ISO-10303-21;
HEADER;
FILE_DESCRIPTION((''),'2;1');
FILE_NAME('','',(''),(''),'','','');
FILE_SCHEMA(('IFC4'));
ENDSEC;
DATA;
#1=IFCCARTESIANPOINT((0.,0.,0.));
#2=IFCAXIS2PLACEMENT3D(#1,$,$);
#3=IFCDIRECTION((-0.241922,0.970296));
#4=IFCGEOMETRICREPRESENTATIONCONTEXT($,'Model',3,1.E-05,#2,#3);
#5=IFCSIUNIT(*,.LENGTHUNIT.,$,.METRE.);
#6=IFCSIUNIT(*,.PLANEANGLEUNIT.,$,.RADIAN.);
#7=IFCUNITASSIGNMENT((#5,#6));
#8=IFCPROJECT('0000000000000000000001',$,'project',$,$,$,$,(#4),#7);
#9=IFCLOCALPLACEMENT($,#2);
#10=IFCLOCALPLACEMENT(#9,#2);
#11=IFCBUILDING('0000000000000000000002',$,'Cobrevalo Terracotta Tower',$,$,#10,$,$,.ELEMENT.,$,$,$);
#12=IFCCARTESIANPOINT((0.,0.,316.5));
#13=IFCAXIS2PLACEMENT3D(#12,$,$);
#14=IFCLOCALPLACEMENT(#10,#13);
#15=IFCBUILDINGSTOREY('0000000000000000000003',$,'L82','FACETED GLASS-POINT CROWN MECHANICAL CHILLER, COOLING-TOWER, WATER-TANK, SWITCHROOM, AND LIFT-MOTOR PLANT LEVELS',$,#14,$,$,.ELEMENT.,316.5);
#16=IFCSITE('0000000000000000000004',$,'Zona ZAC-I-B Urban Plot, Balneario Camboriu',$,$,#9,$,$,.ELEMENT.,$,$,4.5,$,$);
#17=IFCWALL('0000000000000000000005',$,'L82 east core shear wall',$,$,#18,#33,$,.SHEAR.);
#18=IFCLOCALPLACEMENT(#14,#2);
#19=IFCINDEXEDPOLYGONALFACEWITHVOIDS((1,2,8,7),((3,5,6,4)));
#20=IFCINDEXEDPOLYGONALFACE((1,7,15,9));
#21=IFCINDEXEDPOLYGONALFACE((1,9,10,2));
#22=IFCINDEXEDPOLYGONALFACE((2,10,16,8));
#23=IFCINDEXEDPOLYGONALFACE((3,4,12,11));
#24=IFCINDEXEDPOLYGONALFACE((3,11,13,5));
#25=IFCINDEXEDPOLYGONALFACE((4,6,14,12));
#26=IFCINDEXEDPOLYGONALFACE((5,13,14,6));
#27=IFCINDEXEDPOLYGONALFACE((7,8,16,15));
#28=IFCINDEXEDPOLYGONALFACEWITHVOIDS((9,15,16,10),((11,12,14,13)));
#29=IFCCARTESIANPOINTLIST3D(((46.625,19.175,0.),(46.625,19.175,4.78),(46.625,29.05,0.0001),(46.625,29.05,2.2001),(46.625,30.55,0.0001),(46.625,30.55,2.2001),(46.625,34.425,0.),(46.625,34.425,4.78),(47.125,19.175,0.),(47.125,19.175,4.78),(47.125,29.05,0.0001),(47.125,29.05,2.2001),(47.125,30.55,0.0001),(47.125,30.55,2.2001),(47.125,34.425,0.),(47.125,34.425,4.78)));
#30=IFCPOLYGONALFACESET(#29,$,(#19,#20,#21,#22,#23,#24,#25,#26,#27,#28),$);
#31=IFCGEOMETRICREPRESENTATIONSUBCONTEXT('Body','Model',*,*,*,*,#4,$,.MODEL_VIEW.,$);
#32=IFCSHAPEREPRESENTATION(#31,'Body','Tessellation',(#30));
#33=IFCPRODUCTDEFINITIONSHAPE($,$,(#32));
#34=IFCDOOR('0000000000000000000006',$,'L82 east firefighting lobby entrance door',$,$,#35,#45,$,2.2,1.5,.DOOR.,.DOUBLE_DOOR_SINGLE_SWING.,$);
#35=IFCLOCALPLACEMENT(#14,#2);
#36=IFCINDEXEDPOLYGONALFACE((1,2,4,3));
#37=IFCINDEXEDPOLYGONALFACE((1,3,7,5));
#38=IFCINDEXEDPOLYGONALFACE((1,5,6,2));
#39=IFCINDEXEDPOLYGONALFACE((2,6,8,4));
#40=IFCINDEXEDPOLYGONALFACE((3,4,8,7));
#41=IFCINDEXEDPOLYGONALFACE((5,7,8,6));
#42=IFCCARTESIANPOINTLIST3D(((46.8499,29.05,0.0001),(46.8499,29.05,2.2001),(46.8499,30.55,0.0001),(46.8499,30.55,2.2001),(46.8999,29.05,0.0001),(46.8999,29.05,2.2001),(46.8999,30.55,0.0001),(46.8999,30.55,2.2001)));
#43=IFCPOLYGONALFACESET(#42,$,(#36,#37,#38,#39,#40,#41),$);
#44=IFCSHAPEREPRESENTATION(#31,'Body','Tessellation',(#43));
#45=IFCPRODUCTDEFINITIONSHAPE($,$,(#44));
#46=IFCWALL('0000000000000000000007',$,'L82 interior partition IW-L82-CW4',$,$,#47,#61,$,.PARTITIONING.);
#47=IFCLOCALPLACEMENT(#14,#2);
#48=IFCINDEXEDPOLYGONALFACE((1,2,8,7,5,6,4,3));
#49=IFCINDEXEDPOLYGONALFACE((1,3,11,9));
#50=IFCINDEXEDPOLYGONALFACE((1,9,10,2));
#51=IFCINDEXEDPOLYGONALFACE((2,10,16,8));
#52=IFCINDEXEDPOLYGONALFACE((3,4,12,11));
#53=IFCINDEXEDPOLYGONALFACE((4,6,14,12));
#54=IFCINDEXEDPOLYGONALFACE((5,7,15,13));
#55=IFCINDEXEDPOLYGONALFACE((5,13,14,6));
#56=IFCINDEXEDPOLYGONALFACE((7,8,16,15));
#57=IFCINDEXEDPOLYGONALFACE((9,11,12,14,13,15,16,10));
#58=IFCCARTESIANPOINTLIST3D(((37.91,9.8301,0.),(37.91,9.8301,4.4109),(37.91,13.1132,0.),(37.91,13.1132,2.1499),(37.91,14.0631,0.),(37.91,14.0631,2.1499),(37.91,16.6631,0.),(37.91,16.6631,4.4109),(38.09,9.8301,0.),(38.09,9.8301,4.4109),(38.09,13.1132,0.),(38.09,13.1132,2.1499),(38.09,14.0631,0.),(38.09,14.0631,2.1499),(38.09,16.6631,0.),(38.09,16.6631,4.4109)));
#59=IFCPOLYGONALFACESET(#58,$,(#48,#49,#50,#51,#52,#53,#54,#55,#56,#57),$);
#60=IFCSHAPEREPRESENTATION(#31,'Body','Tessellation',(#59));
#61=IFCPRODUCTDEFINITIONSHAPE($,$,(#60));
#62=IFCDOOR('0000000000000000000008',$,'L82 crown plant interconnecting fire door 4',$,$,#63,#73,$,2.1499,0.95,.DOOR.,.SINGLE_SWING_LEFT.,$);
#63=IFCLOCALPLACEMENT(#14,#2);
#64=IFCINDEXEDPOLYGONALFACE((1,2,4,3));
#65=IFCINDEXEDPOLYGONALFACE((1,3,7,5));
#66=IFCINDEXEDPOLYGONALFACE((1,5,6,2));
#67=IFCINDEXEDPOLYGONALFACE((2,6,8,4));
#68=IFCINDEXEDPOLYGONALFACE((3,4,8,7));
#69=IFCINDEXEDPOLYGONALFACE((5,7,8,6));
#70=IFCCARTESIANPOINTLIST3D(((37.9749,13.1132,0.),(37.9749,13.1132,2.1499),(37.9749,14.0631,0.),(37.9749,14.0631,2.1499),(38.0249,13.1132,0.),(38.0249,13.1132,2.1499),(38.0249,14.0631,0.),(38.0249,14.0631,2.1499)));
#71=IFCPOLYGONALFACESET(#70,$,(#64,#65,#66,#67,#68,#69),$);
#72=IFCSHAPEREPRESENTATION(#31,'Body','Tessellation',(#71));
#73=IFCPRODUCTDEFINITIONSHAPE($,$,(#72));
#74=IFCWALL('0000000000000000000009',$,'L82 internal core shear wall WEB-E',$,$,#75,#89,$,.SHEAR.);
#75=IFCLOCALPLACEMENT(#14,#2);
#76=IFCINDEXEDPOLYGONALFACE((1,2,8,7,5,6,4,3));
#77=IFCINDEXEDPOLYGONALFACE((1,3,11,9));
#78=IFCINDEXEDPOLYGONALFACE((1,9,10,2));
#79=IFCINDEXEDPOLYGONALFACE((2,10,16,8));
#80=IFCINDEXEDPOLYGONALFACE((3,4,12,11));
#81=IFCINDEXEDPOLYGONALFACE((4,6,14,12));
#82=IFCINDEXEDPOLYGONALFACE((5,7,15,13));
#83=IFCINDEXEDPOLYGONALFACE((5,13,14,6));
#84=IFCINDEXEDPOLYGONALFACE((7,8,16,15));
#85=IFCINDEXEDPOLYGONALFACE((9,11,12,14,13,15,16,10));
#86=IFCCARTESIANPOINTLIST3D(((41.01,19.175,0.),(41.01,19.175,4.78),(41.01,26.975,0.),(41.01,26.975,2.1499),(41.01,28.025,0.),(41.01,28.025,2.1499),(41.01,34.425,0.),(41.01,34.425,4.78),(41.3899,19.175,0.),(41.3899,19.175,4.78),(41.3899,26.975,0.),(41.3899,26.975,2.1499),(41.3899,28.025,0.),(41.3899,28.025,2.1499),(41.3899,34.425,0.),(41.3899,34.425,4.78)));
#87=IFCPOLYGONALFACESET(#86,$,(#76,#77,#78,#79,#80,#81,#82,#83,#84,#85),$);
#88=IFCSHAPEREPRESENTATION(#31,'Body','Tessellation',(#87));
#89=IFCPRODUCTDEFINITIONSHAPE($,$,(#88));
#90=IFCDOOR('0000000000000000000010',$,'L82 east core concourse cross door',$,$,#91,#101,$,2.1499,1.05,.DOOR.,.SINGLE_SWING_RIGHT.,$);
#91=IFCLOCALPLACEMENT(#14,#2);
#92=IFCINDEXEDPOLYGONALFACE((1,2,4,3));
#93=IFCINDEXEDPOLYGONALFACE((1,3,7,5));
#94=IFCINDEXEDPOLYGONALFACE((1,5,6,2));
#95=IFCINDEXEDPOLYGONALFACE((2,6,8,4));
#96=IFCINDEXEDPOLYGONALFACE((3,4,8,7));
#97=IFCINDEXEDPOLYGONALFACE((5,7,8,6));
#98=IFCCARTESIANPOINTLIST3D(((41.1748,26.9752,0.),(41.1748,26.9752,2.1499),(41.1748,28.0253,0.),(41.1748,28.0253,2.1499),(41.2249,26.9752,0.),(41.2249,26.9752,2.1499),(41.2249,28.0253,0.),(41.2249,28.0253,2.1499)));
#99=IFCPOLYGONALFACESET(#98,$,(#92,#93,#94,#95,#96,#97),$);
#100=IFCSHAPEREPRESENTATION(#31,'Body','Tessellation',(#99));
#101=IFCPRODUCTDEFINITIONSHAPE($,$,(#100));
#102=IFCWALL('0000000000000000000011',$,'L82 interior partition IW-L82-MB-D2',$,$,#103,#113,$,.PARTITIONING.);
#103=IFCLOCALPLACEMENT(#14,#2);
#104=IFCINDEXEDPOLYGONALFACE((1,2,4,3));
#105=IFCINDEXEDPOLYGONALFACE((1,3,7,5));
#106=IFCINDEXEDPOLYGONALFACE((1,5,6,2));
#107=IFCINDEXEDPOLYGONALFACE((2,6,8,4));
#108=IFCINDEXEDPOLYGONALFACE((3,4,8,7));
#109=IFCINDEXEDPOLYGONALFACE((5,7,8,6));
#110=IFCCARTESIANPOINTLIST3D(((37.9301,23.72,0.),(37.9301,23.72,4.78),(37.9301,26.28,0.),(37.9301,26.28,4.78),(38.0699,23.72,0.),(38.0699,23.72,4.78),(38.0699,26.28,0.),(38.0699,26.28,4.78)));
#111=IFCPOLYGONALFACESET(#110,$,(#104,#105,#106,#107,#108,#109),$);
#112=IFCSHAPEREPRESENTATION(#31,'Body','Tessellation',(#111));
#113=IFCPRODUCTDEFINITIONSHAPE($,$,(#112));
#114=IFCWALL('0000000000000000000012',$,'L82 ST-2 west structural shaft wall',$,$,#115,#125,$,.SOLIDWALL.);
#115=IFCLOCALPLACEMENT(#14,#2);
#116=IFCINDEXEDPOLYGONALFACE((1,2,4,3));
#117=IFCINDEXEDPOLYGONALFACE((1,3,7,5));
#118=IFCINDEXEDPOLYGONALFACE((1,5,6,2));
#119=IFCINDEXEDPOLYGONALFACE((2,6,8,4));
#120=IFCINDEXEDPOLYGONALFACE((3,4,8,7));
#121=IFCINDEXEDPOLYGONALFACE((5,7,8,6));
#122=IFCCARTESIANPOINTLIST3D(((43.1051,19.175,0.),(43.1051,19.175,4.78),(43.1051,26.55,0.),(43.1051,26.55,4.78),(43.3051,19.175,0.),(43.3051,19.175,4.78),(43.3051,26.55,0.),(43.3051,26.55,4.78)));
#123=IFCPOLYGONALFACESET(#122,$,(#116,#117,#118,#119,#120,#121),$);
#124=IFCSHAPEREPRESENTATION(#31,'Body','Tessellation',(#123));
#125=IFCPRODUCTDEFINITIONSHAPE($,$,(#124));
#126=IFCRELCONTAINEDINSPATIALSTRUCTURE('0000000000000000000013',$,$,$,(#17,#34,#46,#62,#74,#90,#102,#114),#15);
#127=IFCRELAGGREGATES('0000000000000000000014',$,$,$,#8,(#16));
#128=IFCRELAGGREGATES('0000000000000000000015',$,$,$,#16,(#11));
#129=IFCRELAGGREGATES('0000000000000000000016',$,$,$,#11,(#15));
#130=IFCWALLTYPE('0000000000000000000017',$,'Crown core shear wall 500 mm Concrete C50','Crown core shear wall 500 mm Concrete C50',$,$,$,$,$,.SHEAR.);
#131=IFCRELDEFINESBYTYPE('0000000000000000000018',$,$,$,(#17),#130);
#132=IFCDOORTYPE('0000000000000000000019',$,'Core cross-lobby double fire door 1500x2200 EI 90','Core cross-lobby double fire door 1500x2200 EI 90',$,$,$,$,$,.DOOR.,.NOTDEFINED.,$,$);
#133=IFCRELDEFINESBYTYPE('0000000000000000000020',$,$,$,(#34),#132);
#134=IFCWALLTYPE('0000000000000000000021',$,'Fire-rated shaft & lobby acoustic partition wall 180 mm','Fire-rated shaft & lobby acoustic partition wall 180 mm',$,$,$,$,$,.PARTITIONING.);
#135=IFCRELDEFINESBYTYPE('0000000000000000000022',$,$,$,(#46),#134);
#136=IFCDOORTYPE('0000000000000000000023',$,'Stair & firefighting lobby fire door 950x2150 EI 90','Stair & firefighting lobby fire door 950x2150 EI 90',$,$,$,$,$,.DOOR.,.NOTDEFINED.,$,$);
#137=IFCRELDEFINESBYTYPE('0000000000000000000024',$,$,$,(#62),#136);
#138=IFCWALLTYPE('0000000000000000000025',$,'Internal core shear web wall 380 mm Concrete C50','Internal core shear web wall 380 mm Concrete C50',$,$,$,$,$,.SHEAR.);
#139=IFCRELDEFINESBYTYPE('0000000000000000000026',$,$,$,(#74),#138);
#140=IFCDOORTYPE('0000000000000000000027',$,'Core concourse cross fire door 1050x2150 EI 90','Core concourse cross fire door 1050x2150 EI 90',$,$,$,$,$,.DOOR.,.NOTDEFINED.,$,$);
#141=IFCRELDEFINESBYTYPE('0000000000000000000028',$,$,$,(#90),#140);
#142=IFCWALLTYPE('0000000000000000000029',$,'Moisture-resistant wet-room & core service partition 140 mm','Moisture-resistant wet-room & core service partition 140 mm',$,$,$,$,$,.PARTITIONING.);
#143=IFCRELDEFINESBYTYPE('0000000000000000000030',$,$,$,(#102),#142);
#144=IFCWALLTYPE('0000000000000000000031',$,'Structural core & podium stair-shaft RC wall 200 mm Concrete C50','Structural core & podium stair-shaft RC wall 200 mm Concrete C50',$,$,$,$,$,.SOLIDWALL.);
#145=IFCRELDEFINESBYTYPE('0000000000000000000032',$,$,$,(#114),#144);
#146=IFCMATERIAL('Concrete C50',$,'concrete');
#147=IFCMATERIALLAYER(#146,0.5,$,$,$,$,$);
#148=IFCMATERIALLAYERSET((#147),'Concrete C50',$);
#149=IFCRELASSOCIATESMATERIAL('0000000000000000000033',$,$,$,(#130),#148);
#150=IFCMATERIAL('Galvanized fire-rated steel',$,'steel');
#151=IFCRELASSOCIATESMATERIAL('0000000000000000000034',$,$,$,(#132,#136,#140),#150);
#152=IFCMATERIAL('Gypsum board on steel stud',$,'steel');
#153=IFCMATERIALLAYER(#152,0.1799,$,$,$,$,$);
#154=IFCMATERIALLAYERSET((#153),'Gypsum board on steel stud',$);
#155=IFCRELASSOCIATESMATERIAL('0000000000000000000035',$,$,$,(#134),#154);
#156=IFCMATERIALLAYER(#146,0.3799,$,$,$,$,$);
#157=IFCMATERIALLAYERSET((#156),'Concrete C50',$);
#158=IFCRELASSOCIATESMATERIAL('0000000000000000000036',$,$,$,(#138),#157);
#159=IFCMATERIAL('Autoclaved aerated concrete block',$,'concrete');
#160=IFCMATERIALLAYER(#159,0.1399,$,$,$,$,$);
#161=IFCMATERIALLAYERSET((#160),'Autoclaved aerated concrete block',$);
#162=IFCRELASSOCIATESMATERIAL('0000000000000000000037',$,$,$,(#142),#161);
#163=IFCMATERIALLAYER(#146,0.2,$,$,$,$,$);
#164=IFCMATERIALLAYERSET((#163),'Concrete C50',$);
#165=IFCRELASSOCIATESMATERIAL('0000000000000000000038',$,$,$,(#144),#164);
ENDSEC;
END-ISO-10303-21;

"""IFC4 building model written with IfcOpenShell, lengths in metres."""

from ifc_helpers import new_model, si_unit, direction, frame, frame_2d, origin, place, context, subcontext, project, spatial, rectangle, extrude, source, transform, mapped, material, layer, layer_set, type_object, element, fill, save


model = new_model("IFC4")

# Units and contexts
model_context = context("Model", 3, precision=1e-05, world=origin(), true_north=direction((-0.241922, 0.970296)))
body_context = subcontext(model_context, "Body", "Model", "MODEL_VIEW")
ifc_project = project(units=[si_unit("LENGTHUNIT", "METRE"), si_unit("PLANEANGLEUNIT", "RADIAN")], contexts=[model_context])

# Site, building, storey
site_placement = place(None, origin())
site = spatial("IfcSite", under=ifc_project, at=site_placement, Name="Zona ZAC-I-B Urban Plot, Balneario Camboriu", CompositionType="ELEMENT", RefElevation=4.5)
building_placement = place(site_placement, origin())
building = spatial("IfcBuilding", under=site, at=building_placement, Name="Cobrevalo Terracotta Tower", CompositionType="ELEMENT")
storey_placement = place(building_placement, frame((0.0, 0.0, 316.5)))
storey = spatial("IfcBuildingStorey", under=building, at=storey_placement, Name="L82", Description="FACETED GLASS-POINT CROWN MECHANICAL CHILLER, COOLING-TOWER, WATER-TANK, SWITCHROOM, AND LIFT-MOTOR PLANT LEVELS", CompositionType="ELEMENT", Elevation=316.5)

# Walls, openings, doors
ifc_material_1 = material(Name="Concrete C50", Category="concrete")
ifc_layer_1 = layer(ifc_material_1, 0.5)
ifc_layer_set_1 = layer_set([ifc_layer_1], Name="Concrete C50")
wall_type_1 = type_object("IfcWallType", Name="Crown core shear wall 500 mm Concrete C50", Description="Crown core shear wall 500 mm Concrete C50", PredefinedType="SHEAR", material=ifc_layer_set_1)
wall_1_placement = place(storey_placement, frame((46.875, 19.175, 0.0), z_axis=(0.0, 0.0, 1.0), x_axis=(0.0, 1.0, 0.0)))
wall_1 = element("IfcWall", 1, at=wall_1_placement, inside=storey, type_object=wall_type_1, Name="L82 east core shear wall", PredefinedType="SHEAR", context=body_context, shape_type="SweptSolid", body=[
    extrude(rectangle(XDim=15.25, YDim=0.5, at=frame_2d((7.625, 0.0))), origin(), (0.0, 0.0, 1.0), 4.78),
])
opening_1_placement = place(wall_1_placement, frame((9.875, 0.0, 0.0)))
opening_1 = element("IfcOpeningElement", 2, at=opening_1_placement, cuts=wall_1, PredefinedType="OPENING", context=body_context, shape_type="SweptSolid", body=[
    extrude(rectangle(XDim=1.5, YDim=2.2, at=frame_2d((0.75, 1.1001))), frame((0.0, 0.26, 0.0), z_axis=(0.0, -1.0, 0.0), x_axis=(1.0, 0.0, 0.0)), (0.0, 0.0, 1.0), 0.52),
])
ifc_material_2 = material(Name="Galvanized fire-rated steel", Category="steel")
door_type_1 = type_object("IfcDoorType", Name="Core cross-lobby double fire door 1500x2200 EI 90", Description="Core cross-lobby double fire door 1500x2200 EI 90", OperationType="NOTDEFINED", PredefinedType="DOOR", material=ifc_material_2)
shared_shape_1 = source(origin(), body_context, "Body", "SweptSolid", [
    extrude(rectangle(XDim=1.5, YDim=2.2, at=frame_2d((0.75, 1.1001))), frame((0.0, 0.0249, 0.0), z_axis=(0.0, -1.0, 0.0), x_axis=(1.0, 0.0, 0.0)), (0.0, 0.0, 1.0), 0.05),
])
door_1_placement = place(opening_1_placement, frame((1.5, 0.0, 0.0), z_axis=(0.0, 0.0, 1.0), x_axis=(-1.0, 0.0, 0.0)))
door_1 = element("IfcDoor", 3, at=door_1_placement, inside=storey, type_object=door_type_1, Name="L82 east firefighting lobby entrance door", OperationType="DOUBLE_DOOR_SINGLE_SWING", OverallHeight=2.2, OverallWidth=1.5, PredefinedType="DOOR", context=body_context, shape_type="MappedRepresentation", body=[
    mapped(shared_shape_1, transform((0.0, 0.0, 0.0), scale=1.0)),
])
fill(opening_1, door_1)
ifc_material_3 = material(Name="Gypsum board on steel stud", Category="steel")
ifc_layer_2 = layer(ifc_material_3, 0.1799)
ifc_layer_set_2 = layer_set([ifc_layer_2], Name="Gypsum board on steel stud")
wall_type_2 = type_object("IfcWallType", Name="Fire-rated shaft & lobby acoustic partition wall 180 mm", Description="Fire-rated shaft & lobby acoustic partition wall 180 mm", PredefinedType="PARTITIONING", material=ifc_layer_set_2)
wall_2_placement = place(storey_placement, frame((38.0, 16.6631, 0.0), z_axis=(0.0, 0.0, 1.0), x_axis=(0.0, -1.0, 0.0)))
wall_2 = element("IfcWall", 4, at=wall_2_placement, inside=storey, type_object=wall_type_2, Name="L82 interior partition IW-L82-CW4", PredefinedType="PARTITIONING", context=body_context, shape_type="SweptSolid", body=[
    extrude(rectangle(XDim=6.833, YDim=0.1799, at=frame_2d((3.4165, 0.0))), origin(), (0.0, 0.0, 1.0), 4.4109),
])
opening_2_placement = place(wall_2_placement, frame((2.5999, 0.0, 0.0)))
opening_2 = element("IfcOpeningElement", 5, at=opening_2_placement, cuts=wall_2, PredefinedType="OPENING", context=body_context, shape_type="SweptSolid", body=[
    extrude(rectangle(XDim=0.95, YDim=2.1499, at=frame_2d((0.4751, 1.075))), frame((0.0, 0.1001, 0.0), z_axis=(0.0, -1.0, 0.0), x_axis=(1.0, 0.0, 0.0)), (0.0, 0.0, 1.0), 0.2),
])
door_type_2 = type_object("IfcDoorType", Name="Stair & firefighting lobby fire door 950x2150 EI 90", Description="Stair & firefighting lobby fire door 950x2150 EI 90", OperationType="NOTDEFINED", PredefinedType="DOOR", material=ifc_material_2)
shared_shape_2 = source(origin(), body_context, "Body", "SweptSolid", [
    extrude(rectangle(XDim=0.95, YDim=2.1499, at=frame_2d((0.4751, 1.075))), frame((0.0, 0.0249, 0.0), z_axis=(0.0, -1.0, 0.0), x_axis=(1.0, 0.0, 0.0)), (0.0, 0.0, 1.0), 0.05),
])
door_2_placement = place(opening_2_placement, origin())
door_2 = element("IfcDoor", 6, at=door_2_placement, inside=storey, type_object=door_type_2, Name="L82 crown plant interconnecting fire door 4", OperationType="SINGLE_SWING_LEFT", OverallHeight=2.1499, OverallWidth=0.95, PredefinedType="DOOR", context=body_context, shape_type="MappedRepresentation", body=[
    mapped(shared_shape_2, transform((0.0, 0.0, 0.0), scale=1.0)),
])
fill(opening_2, door_2)
ifc_layer_3 = layer(ifc_material_1, 0.3799)
ifc_layer_set_3 = layer_set([ifc_layer_3], Name="Concrete C50")
wall_type_3 = type_object("IfcWallType", Name="Internal core shear web wall 380 mm Concrete C50", Description="Internal core shear web wall 380 mm Concrete C50", PredefinedType="SHEAR", material=ifc_layer_set_3)
wall_3_placement = place(storey_placement, frame((41.2, 19.175, 0.0), z_axis=(0.0, 0.0, 1.0), x_axis=(0.0, 1.0, 0.0)))
wall_3 = element("IfcWall", 7, at=wall_3_placement, inside=storey, type_object=wall_type_3, Name="L82 internal core shear wall WEB-E", PredefinedType="SHEAR", context=body_context, shape_type="SweptSolid", body=[
    extrude(rectangle(XDim=15.25, YDim=0.3799, at=frame_2d((7.625, 0.0))), origin(), (0.0, 0.0, 1.0), 4.78),
])
opening_3_placement = place(wall_3_placement, frame((7.8, 0.0, 0.0)))
opening_3 = element("IfcOpeningElement", 8, at=opening_3_placement, cuts=wall_3, PredefinedType="OPENING", context=body_context, shape_type="SweptSolid", body=[
    extrude(rectangle(XDim=1.05, YDim=2.1499, at=frame_2d((0.5249, 1.075))), frame((0.0, 0.2, 0.0), z_axis=(0.0, -1.0, 0.0), x_axis=(1.0, 0.0, 0.0)), (0.0, 0.0, 1.0), 0.3999),
])
door_type_3 = type_object("IfcDoorType", Name="Core concourse cross fire door 1050x2150 EI 90", Description="Core concourse cross fire door 1050x2150 EI 90", OperationType="NOTDEFINED", PredefinedType="DOOR", material=ifc_material_2)
shared_shape_3 = source(origin(), body_context, "Body", "SweptSolid", [
    extrude(rectangle(XDim=1.05, YDim=2.1499, at=frame_2d((0.5249, 1.075))), frame((0.0, 0.0249, 0.0), z_axis=(0.0, -1.0, 0.0), x_axis=(1.0, 0.0, 0.0)), (0.0, 0.0, 1.0), 0.05),
])
door_3_placement = place(opening_3_placement, frame((1.05, 0.0, 0.0), z_axis=(0.0, 0.0, 1.0), x_axis=(-1.0, 0.0, 0.0)))
door_3 = element("IfcDoor", 9, at=door_3_placement, inside=storey, type_object=door_type_3, Name="L82 east core concourse cross door", OperationType="SINGLE_SWING_RIGHT", OverallHeight=2.1499, OverallWidth=1.05, PredefinedType="DOOR", context=body_context, shape_type="MappedRepresentation", body=[
    mapped(shared_shape_3, transform((0.0, 0.0, 0.0), scale=1.0)),
])
fill(opening_3, door_3)

# Walls
ifc_material_4 = material(Name="Autoclaved aerated concrete block", Category="concrete")
ifc_layer_4 = layer(ifc_material_4, 0.1399)
ifc_layer_set_4 = layer_set([ifc_layer_4], Name="Autoclaved aerated concrete block")
wall_type_4 = type_object("IfcWallType", Name="Moisture-resistant wet-room & core service partition 140 mm", Description="Moisture-resistant wet-room & core service partition 140 mm", PredefinedType="PARTITIONING", material=ifc_layer_set_4)
wall_4_placement = place(storey_placement, frame((38.0, 23.72, 0.0), z_axis=(0.0, 0.0, 1.0), x_axis=(0.0, 1.0, 0.0)))
element("IfcWall", 10, at=wall_4_placement, inside=storey, type_object=wall_type_4, Name="L82 interior partition IW-L82-MB-D2", PredefinedType="PARTITIONING", context=body_context, shape_type="SweptSolid", body=[
    extrude(rectangle(XDim=2.5601, YDim=0.1399, at=frame_2d((1.28, 0.0))), origin(), (0.0, 0.0, 1.0), 4.78),
])
ifc_layer_5 = layer(ifc_material_1, 0.2)
ifc_layer_set_5 = layer_set([ifc_layer_5], Name="Concrete C50")
wall_type_5 = type_object("IfcWallType", Name="Structural core & podium stair-shaft RC wall 200 mm Concrete C50", Description="Structural core & podium stair-shaft RC wall 200 mm Concrete C50", PredefinedType="SOLIDWALL", material=ifc_layer_set_5)
wall_5_placement = place(storey_placement, frame((43.2051, 19.175, 0.0), z_axis=(0.0, 0.0, 1.0), x_axis=(0.0, 1.0, 0.0)))
element("IfcWall", 11, at=wall_5_placement, inside=storey, type_object=wall_type_5, Name="L82 ST-2 west structural shaft wall", PredefinedType="SOLIDWALL", context=body_context, shape_type="SweptSolid", body=[
    extrude(rectangle(XDim=7.375, YDim=0.2, at=frame_2d((3.6875, 0.0))), origin(), (0.0, 0.0, 1.0), 4.78),
])

save(model, "model.ifc")
